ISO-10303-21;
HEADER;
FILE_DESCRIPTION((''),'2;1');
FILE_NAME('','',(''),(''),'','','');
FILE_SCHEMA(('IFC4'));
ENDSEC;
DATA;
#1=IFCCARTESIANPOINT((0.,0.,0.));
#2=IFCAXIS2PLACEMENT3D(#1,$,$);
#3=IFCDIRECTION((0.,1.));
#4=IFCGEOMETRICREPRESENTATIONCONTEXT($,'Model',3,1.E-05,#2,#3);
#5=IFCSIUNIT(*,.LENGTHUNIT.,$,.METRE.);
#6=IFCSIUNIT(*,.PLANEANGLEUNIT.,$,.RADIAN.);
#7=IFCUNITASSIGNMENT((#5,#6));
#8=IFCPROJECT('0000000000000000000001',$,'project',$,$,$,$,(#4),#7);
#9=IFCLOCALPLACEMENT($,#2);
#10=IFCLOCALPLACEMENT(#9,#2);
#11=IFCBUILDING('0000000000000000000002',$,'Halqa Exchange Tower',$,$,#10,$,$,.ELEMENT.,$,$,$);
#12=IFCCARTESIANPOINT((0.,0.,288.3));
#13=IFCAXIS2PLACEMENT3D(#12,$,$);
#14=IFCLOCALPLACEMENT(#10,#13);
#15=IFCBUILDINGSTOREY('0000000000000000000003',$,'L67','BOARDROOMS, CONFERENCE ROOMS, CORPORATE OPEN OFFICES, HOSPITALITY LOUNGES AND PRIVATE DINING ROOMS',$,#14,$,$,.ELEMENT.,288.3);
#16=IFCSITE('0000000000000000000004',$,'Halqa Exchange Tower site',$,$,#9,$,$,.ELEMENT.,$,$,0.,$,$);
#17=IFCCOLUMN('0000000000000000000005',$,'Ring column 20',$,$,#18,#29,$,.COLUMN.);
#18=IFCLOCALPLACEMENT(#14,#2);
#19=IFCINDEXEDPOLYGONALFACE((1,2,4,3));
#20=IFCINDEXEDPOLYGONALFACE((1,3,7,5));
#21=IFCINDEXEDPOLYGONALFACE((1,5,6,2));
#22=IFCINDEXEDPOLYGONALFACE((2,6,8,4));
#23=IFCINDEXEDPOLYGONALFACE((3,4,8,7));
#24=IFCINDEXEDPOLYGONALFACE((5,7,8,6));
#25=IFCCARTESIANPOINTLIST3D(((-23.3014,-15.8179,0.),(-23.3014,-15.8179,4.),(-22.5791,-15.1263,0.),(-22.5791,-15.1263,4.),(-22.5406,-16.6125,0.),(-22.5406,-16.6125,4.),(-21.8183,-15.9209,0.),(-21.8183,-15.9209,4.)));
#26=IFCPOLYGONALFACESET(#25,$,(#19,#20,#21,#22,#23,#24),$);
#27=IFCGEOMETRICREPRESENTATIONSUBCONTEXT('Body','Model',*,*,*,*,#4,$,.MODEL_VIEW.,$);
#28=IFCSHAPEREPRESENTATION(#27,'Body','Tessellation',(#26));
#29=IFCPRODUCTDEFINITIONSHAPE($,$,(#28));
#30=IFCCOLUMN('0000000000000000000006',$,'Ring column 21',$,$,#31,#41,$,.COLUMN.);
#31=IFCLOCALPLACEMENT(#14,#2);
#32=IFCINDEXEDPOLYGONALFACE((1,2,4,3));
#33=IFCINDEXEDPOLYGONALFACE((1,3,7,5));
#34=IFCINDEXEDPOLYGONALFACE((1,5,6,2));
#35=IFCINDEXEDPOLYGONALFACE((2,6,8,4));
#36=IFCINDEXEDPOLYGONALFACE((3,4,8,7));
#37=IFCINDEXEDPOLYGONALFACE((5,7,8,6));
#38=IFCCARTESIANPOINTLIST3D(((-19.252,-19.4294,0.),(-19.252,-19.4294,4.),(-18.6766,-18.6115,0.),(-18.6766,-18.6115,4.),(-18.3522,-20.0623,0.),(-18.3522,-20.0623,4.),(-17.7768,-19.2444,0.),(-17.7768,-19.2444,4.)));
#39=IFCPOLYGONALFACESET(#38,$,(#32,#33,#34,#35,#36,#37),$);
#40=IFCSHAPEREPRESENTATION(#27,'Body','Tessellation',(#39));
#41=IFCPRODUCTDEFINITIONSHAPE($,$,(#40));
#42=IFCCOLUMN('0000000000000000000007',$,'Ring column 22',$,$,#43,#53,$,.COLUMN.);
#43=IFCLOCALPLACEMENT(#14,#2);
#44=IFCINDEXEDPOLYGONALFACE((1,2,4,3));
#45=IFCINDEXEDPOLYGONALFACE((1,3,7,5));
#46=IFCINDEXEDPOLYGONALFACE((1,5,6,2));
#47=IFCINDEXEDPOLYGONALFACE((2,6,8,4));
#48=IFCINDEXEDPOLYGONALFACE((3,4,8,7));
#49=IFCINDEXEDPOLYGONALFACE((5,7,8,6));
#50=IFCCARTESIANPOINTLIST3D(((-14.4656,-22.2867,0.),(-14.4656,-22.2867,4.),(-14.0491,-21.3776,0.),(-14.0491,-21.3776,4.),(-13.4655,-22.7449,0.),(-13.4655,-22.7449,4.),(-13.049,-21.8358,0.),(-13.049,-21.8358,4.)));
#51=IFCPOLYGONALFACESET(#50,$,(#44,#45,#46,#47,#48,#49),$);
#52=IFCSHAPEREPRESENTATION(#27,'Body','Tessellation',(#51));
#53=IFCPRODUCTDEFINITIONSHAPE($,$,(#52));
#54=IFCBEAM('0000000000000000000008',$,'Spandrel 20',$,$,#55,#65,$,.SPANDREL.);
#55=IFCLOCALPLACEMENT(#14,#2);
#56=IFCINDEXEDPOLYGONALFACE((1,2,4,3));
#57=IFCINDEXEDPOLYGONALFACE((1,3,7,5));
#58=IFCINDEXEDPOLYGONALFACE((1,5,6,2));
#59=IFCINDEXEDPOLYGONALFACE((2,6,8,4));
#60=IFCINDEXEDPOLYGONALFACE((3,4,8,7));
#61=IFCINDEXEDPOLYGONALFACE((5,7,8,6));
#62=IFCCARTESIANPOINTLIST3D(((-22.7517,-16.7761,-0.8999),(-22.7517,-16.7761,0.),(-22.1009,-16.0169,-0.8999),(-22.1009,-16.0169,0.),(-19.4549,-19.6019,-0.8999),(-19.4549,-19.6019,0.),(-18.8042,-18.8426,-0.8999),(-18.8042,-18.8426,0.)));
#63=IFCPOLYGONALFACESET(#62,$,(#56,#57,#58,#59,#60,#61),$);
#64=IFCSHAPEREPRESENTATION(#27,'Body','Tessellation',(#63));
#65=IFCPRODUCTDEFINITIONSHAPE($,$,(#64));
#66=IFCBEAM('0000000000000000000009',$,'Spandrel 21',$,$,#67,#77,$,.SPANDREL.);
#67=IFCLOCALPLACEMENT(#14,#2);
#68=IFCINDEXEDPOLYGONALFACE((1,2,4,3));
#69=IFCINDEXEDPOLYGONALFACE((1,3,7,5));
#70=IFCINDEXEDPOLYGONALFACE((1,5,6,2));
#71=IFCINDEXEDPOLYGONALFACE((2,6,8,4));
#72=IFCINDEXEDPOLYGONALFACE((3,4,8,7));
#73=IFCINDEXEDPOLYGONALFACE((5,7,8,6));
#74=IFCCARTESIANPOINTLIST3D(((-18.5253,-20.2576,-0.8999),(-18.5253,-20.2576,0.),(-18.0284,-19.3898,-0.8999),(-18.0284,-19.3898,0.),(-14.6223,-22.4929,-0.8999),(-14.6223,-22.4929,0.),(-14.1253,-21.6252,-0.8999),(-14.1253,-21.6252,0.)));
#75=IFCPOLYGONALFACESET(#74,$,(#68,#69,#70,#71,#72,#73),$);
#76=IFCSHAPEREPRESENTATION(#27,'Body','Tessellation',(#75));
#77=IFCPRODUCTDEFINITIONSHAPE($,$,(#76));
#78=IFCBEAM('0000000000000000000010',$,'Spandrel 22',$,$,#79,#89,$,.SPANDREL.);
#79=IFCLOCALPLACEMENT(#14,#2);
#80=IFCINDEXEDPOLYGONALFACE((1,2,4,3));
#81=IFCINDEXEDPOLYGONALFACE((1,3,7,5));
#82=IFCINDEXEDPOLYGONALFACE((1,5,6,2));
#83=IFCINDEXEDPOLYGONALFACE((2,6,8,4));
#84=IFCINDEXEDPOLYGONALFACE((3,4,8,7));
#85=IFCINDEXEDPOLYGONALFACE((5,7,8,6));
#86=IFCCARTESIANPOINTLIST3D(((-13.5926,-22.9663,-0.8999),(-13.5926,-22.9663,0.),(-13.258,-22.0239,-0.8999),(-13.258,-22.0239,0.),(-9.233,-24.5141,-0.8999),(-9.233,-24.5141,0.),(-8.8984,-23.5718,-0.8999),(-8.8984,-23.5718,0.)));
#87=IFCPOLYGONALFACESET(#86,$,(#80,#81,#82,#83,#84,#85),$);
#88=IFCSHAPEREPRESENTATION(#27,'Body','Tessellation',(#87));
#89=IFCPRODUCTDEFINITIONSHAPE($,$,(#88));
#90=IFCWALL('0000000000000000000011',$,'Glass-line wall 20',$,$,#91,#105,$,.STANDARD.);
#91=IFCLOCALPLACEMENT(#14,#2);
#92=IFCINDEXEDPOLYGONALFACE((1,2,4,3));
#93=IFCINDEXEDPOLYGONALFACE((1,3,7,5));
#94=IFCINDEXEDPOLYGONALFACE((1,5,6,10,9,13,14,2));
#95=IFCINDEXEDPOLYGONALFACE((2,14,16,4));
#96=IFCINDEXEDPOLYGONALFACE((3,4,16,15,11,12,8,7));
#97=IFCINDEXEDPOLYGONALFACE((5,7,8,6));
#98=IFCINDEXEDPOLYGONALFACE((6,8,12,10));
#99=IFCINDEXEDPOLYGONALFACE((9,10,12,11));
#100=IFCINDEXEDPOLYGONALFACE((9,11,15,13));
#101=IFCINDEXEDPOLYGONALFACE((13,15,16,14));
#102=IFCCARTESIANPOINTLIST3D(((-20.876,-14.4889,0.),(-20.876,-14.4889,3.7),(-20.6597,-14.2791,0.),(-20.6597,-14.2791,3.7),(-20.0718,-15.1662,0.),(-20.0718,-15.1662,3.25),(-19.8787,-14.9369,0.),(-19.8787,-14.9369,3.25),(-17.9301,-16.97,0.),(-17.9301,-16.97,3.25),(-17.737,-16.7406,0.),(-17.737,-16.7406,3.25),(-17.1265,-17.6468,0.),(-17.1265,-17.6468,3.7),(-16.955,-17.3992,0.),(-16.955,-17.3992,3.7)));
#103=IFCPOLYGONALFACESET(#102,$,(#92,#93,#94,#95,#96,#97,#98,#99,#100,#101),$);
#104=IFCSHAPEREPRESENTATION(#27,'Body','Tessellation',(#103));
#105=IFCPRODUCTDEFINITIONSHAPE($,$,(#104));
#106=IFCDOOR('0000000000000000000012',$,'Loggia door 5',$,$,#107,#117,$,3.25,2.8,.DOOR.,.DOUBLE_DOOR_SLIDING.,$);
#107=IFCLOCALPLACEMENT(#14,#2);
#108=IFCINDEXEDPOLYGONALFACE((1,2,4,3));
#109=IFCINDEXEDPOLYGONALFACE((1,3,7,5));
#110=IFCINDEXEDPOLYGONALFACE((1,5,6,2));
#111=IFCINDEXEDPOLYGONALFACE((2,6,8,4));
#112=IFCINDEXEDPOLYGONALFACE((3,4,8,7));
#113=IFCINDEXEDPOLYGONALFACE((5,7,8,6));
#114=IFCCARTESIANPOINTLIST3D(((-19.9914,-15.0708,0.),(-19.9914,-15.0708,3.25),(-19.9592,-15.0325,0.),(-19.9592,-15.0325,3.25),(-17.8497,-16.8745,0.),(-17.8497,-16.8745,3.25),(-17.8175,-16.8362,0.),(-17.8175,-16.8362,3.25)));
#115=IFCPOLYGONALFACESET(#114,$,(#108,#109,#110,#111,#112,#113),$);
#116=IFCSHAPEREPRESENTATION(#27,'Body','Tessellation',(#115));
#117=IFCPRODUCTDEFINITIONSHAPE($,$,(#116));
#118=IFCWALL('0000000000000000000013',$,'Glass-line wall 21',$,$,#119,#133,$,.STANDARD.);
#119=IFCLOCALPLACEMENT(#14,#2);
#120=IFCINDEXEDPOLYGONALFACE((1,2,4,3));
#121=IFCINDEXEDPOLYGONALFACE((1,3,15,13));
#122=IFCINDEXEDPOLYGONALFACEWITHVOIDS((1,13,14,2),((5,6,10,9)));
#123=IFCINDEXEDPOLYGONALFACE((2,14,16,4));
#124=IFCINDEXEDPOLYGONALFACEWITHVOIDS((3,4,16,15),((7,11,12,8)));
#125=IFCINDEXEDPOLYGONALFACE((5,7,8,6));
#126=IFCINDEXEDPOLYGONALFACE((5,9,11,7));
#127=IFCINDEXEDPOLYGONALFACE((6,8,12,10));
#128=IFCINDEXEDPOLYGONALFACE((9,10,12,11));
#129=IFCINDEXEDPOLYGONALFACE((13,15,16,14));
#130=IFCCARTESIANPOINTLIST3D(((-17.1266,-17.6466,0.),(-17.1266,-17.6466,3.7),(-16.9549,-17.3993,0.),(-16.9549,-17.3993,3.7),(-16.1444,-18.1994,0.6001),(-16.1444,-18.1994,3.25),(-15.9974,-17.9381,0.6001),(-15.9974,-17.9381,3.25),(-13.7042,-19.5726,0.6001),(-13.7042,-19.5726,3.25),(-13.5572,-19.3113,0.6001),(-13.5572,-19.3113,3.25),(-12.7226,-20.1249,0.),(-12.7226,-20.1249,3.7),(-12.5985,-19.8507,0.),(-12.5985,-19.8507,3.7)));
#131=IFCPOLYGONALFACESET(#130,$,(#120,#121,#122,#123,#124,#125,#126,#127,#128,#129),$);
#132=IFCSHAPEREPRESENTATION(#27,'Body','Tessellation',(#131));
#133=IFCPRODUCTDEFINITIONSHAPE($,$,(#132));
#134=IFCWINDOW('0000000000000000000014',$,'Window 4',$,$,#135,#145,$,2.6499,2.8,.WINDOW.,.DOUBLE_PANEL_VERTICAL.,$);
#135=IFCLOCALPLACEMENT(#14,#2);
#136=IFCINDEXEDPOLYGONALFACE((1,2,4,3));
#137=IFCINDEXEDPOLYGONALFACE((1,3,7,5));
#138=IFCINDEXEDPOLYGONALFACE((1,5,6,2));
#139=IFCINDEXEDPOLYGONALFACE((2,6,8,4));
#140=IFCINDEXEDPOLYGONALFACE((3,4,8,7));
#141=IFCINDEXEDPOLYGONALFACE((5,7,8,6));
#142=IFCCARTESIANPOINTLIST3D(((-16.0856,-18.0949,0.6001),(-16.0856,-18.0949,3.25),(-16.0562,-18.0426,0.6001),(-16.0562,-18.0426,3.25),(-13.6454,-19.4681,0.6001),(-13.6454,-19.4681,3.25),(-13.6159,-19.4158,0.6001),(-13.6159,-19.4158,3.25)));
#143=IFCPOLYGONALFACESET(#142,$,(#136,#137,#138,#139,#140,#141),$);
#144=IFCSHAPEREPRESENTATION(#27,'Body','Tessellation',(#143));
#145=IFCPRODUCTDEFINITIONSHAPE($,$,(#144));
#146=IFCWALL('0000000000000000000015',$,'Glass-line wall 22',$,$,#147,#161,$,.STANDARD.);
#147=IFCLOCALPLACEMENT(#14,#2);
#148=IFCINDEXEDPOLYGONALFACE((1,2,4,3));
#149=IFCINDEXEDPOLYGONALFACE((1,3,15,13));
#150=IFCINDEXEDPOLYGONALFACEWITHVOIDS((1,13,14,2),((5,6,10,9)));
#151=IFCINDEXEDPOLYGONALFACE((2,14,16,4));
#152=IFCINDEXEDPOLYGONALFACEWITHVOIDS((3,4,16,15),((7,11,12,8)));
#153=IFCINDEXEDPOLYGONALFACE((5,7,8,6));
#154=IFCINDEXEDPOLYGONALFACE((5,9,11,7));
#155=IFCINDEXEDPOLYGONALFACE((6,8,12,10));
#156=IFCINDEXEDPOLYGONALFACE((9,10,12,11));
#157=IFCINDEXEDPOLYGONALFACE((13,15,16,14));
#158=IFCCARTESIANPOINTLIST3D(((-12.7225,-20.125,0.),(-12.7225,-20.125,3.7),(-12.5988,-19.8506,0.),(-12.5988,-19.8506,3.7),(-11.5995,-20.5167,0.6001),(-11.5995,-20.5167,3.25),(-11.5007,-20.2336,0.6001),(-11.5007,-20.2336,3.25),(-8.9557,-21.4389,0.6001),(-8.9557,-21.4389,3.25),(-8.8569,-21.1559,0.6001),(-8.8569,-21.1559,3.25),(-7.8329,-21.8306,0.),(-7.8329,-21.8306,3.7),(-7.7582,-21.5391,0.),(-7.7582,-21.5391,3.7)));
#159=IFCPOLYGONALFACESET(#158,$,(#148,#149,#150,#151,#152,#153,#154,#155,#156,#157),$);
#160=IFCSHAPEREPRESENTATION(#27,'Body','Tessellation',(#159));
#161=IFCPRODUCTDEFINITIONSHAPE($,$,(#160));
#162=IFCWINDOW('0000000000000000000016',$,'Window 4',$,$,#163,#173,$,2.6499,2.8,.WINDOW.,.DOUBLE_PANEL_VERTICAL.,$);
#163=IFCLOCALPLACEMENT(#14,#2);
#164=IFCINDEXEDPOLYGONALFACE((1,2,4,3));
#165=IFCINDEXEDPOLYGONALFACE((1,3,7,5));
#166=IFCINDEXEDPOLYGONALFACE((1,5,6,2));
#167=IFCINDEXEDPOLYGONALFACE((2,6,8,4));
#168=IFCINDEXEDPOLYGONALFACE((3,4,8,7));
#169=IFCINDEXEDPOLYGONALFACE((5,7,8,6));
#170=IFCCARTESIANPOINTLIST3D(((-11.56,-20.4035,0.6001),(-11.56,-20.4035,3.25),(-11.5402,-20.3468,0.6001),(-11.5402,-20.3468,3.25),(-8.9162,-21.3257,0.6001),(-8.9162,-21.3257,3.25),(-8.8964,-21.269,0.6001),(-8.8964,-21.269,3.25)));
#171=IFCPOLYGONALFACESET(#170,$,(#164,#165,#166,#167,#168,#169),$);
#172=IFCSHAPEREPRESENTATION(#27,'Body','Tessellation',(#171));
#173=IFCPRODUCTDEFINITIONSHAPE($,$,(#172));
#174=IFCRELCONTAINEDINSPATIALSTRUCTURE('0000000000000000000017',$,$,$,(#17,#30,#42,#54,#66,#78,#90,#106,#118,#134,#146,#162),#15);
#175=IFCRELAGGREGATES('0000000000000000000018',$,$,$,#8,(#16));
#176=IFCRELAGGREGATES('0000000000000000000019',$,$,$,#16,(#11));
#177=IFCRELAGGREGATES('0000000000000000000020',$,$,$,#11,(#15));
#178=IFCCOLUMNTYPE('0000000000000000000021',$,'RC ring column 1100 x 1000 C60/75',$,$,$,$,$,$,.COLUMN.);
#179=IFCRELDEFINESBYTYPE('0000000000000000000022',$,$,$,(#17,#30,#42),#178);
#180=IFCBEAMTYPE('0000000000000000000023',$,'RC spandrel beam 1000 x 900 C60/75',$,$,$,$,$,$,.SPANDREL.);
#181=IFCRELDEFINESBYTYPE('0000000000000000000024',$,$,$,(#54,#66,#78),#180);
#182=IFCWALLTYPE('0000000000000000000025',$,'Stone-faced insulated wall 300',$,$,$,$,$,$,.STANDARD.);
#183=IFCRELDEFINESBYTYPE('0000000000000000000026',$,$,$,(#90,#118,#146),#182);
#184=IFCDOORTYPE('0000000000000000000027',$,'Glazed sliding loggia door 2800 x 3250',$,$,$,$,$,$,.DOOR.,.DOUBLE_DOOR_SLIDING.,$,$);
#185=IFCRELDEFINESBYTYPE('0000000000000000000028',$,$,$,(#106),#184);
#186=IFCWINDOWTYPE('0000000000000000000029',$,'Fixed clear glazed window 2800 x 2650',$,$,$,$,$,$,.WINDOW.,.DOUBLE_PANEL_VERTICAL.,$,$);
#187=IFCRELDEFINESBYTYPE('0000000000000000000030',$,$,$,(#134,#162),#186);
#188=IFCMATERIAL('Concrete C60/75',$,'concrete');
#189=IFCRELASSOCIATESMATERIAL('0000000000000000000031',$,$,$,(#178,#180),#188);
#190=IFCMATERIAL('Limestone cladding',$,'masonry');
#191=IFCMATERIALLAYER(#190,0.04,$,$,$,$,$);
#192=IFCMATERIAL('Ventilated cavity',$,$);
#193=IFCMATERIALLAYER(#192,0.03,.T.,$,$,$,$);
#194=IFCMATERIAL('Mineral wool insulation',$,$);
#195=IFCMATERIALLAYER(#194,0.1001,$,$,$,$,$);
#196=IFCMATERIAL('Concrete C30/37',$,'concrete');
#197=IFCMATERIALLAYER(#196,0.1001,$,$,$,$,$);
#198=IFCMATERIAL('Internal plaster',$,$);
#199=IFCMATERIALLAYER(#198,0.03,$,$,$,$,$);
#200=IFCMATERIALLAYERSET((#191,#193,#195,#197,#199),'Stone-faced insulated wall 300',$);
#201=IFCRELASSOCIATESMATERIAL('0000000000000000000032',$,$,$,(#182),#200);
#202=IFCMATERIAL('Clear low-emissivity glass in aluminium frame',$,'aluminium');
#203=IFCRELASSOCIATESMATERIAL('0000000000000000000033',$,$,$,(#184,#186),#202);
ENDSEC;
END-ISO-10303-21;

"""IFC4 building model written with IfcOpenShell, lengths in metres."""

from ifc_helpers import new_model, si_unit, direction, frame, frame_2d, origin, origin_2d, place, context, subcontext, project, spatial, polyline, rectangle, outline, extrude, material, layer, layer_set, material_profile, profile_set, type_object, element, fill, save


model = new_model("IFC4")

# Units and contexts
model_context = context("Model", 3, precision=1e-05, world=origin(), true_north=direction((0.0, 1.0)))
body_context = subcontext(model_context, "Body", "Model", "MODEL_VIEW")
ifc_project = project(units=[si_unit("LENGTHUNIT", "METRE"), si_unit("PLANEANGLEUNIT", "RADIAN")], contexts=[model_context])

# Site, building, storey
site_placement = place(None, origin())
site = spatial("IfcSite", under=ifc_project, at=site_placement, Name="Halqa Exchange Tower site", CompositionType="ELEMENT", RefElevation=0.0)
building_placement = place(site_placement, origin())
building = spatial("IfcBuilding", under=site, at=building_placement, Name="Halqa Exchange Tower", CompositionType="ELEMENT")
storey_placement = place(building_placement, frame((0.0, 0.0, 288.3)))
storey = spatial("IfcBuildingStorey", under=building, at=storey_placement, Name="L67", Description="BOARDROOMS, CONFERENCE ROOMS, CORPORATE OPEN OFFICES, HOSPITALITY LOUNGES AND PRIVATE DINING ROOMS", CompositionType="ELEMENT", Elevation=288.3)

# Columns
ifc_material_1 = material(Name="Concrete C60/75", Category="concrete")
ifc_material_profile_1 = material_profile(ifc_material_1, rectangle(XDim=1.1001, YDim=1.0, at=origin_2d()), Name="1100 x 1000")
ifc_profile_set_1 = profile_set([ifc_material_profile_1], Name="Concrete C60/75")
column_type = type_object("IfcColumnType", Name="RC ring column 1100 x 1000 C60/75", PredefinedType="COLUMN", material=ifc_profile_set_1)
for number, where, z_axis, x_axis, name in (
    (1, (-22.5598, -15.8694, 0.0), (0.0, 0.0, 1.0), (0.691575, -0.722305, 0.0), "Ring column 20"),
    (2, (-18.5144, -19.3369, 0.0), (0.0, 0.0, 1.0), (0.817906, -0.575352, 0.0), "Ring column 21"),
    (3, (-13.7573, -22.0613, 0.0), (0.0, 0.0, 1.0), (0.909129, -0.416516, 0.0), "Ring column 22"),
):
    element("IfcColumn", number, at=place(storey_placement, frame(where, z_axis=z_axis, x_axis=x_axis)), inside=storey, type_object=column_type, Name=name, PredefinedType="COLUMN", context=body_context, shape_type="SweptSolid", body=[
        extrude(rectangle(XDim=1.1001, YDim=1.0, at=origin_2d()), origin(), (0.0, 0.0, 1.0), 4.0),
    ])

# Beams
ifc_material_profile_2 = material_profile(ifc_material_1, rectangle(XDim=1.0, YDim=0.8999, at=origin_2d()), Name="1000 x 900")
ifc_profile_set_2 = profile_set([ifc_material_profile_2], Name="Concrete C60/75")
beam_type = type_object("IfcBeamType", Name="RC spandrel beam 1000 x 900 C60/75", PredefinedType="SPANDREL", material=ifc_profile_set_2)
beam_1_placement = place(storey_placement, frame((-22.4263, -16.3965, -0.45), z_axis=(0.759257, -0.650791, 0.0), x_axis=(0.650791, 0.759257, 0.0)))
element("IfcBeam", 4, at=beam_1_placement, inside=storey, type_object=beam_type, Name="Spandrel 20", PredefinedType="SPANDREL", context=body_context, shape_type="SweptSolid", body=[
    extrude(rectangle(XDim=1.0, YDim=0.8999, at=origin_2d()), origin(), (0.0, 0.0, 1.0), 4.342),
])
beam_2_placement = place(storey_placement, frame((-18.2769, -19.8237, -0.45), z_axis=(0.867762, -0.49698, 0.0), x_axis=(0.49698, 0.867762, 0.0)))
element("IfcBeam", 5, at=beam_2_placement, inside=storey, type_object=beam_type, Name="Spandrel 21", PredefinedType="SPANDREL", context=body_context, shape_type="SweptSolid", body=[
    extrude(rectangle(XDim=1.0, YDim=0.8999, at=origin_2d()), origin(), (0.0, 0.0, 1.0), 4.4978),
])
beam_3_placement = place(storey_placement, frame((-13.4253, -22.4951, -0.45), z_axis=(0.942367, -0.334581, 0.0), x_axis=(0.334581, 0.942367, 0.0)))
element("IfcBeam", 6, at=beam_3_placement, inside=storey, type_object=beam_type, Name="Spandrel 22", PredefinedType="SPANDREL", context=body_context, shape_type="SweptSolid", body=[
    extrude(rectangle(XDim=1.0, YDim=0.8999, at=origin_2d()), origin(), (0.0, 0.0, 1.0), 4.6262),
])

# Wall, opening, door
ifc_material_2 = material(Name="Limestone cladding", Category="masonry")
ifc_layer_1 = layer(ifc_material_2, 0.04)
ifc_material_3 = material(Name="Ventilated cavity")
ifc_layer_2 = layer(ifc_material_3, 0.03, ventilated=True)
ifc_material_4 = material(Name="Mineral wool insulation")
ifc_layer_3 = layer(ifc_material_4, 0.1001)
ifc_material_5 = material(Name="Concrete C30/37", Category="concrete")
ifc_layer_4 = layer(ifc_material_5, 0.1001)
ifc_material_6 = material(Name="Internal plaster")
ifc_layer_5 = layer(ifc_material_6, 0.03)
ifc_layer_set_1 = layer_set([ifc_layer_1, ifc_layer_2, ifc_layer_3, ifc_layer_4, ifc_layer_5], Name="Stone-faced insulated wall 300")
wall_type_1 = type_object("IfcWallType", Name="Stone-faced insulated wall 300", PredefinedType="STANDARD", material=ifc_layer_set_1)
wall_1_placement = place(storey_placement, frame((-20.7678, -14.384, 0.0), z_axis=(0.0, 0.0, 1.0), x_axis=(0.764876, -0.644177, 0.0)))
wall_1 = element("IfcWall", 7, at=wall_1_placement, inside=storey, type_object=wall_type_1, Name="Glass-line wall 20", PredefinedType="STANDARD", context=body_context, shape_type="SweptSolid", body=[
    extrude(outline(polyline([(-0.0151, -0.1499), (4.887, -0.1499), (4.8586, 0.1499), (0.0151, 0.1499), (-0.0151, -0.1499)])), origin(), (0.0, 0.0, 1.0), 3.7),
])
opening_1_placement = place(wall_1_placement, frame((1.0364, 0.0, 0.0)))
opening_1 = element("IfcOpeningElement", 8, at=opening_1_placement, cuts=wall_1, PredefinedType="OPENING", context=body_context, shape_type="SweptSolid", body=[
    extrude(rectangle(XDim=2.8, YDim=3.25, at=frame_2d((1.3999, 1.625))), frame((0.0, 0.1621, 0.0), z_axis=(0.0, -1.0, 0.0), x_axis=(1.0, 0.0, 0.0)), (0.0, 0.0, 1.0), 0.324),
])
ifc_material_7 = material(Name="Clear low-emissivity glass in aluminium frame", Category="aluminium")
door_type_1 = type_object("IfcDoorType", Name="Glazed sliding loggia door 2800 x 3250", OperationType="DOUBLE_DOOR_SLIDING", PredefinedType="DOOR", material=ifc_material_7)
door_1_placement = place(opening_1_placement, origin())
door_1 = element("IfcDoor", 9, at=door_1_placement, inside=storey, type_object=door_type_1, Name="Loggia door 5", OperationType="DOUBLE_DOOR_SLIDING", OverallHeight=3.25, OverallWidth=2.8, PredefinedType="DOOR", context=body_context, shape_type="SweptSolid", body=[
    extrude(rectangle(XDim=2.8, YDim=3.25, at=frame_2d((1.3999, 1.625))), frame((0.0, 0.0249, 0.0), z_axis=(0.0, -1.0, 0.0), x_axis=(1.0, 0.0, 0.0)), (0.0, 0.0, 1.0), 0.05),
])
fill(opening_1, door_1)

# Walls, openings, windows
wall_2_placement = place(storey_placement, frame((-17.0408, -17.5229, 0.0), z_axis=(0.0, 0.0, 1.0), x_axis=(0.871489, -0.490416, 0.0)))
wall_2 = element("IfcWall", 10, at=wall_2_placement, inside=storey, type_object=wall_type_1, Name="Glass-line wall 21", PredefinedType="STANDARD", context=body_context, shape_type="SweptSolid", body=[
    extrude(outline(polyline([(-0.0142, -0.1499), (5.0393, -0.1499), (5.0129, 0.1499), (0.0142, 0.1499), (-0.0142, -0.1499)])), origin(), (0.0, 0.0, 1.0), 3.7),
])
opening_2_placement = place(wall_2_placement, frame((1.113, 0.0, 0.6001)))
opening_2 = element("IfcOpeningElement", 11, at=opening_2_placement, cuts=wall_2, PredefinedType="OPENING", context=body_context, shape_type="SweptSolid", body=[
    extrude(rectangle(XDim=2.8, YDim=2.6499, at=frame_2d((1.3999, 1.325))), frame((0.0, 0.1621, 0.0), z_axis=(0.0, -1.0, 0.0), x_axis=(1.0, 0.0, 0.0)), (0.0, 0.0, 1.0), 0.324),
])
window_type = type_object("IfcWindowType", Name="Fixed clear glazed window 2800 x 2650", PartitioningType="DOUBLE_PANEL_VERTICAL", PredefinedType="WINDOW", material=ifc_material_7)
window_1_placement = place(opening_2_placement, origin())
window_1 = element("IfcWindow", 12, at=window_1_placement, inside=storey, type_object=window_type, Name="Window 4", OverallHeight=2.6499, OverallWidth=2.8, PartitioningType="DOUBLE_PANEL_VERTICAL", PredefinedType="WINDOW", context=body_context, shape_type="SweptSolid", body=[
    extrude(rectangle(XDim=2.8, YDim=2.6499, at=frame_2d((1.3999, 1.325))), frame((0.0, 0.03, 0.0), z_axis=(0.0, -1.0, 0.0), x_axis=(1.0, 0.0, 0.0)), (0.0, 0.0, 1.0), 0.0601),
])
fill(opening_2, window_1)
wall_3_placement = place(storey_placement, frame((-12.6606, -19.9878, 0.0), z_axis=(0.0, 0.0, 1.0), x_axis=(0.944204, -0.32936, 0.0)))
wall_3 = element("IfcWall", 13, at=wall_3_placement, inside=storey, type_object=wall_type_1, Name="Glass-line wall 22", PredefinedType="STANDARD", context=body_context, shape_type="SweptSolid", body=[
    extrude(outline(polyline([(-0.0132, -0.1499), (5.1653, -0.1499), (5.1399, 0.1499), (0.0132, 0.1499), (-0.0132, -0.1499)])), origin(), (0.0, 0.0, 1.0), 3.7),
])
opening_3_placement = place(wall_3_placement, frame((1.1763, 0.0, 0.6001)))
opening_3 = element("IfcOpeningElement", 14, at=opening_3_placement, cuts=wall_3, PredefinedType="OPENING", context=body_context, shape_type="SweptSolid", body=[
    extrude(rectangle(XDim=2.8, YDim=2.6499, at=frame_2d((1.3999, 1.325))), frame((0.0, 0.1621, 0.0), z_axis=(0.0, -1.0, 0.0), x_axis=(1.0, 0.0, 0.0)), (0.0, 0.0, 1.0), 0.324),
])
window_2_placement = place(opening_3_placement, origin())
window_2 = element("IfcWindow", 15, at=window_2_placement, inside=storey, type_object=window_type, Name="Window 4", OverallHeight=2.6499, OverallWidth=2.8, PartitioningType="DOUBLE_PANEL_VERTICAL", PredefinedType="WINDOW", context=body_context, shape_type="SweptSolid", body=[
    extrude(rectangle(XDim=2.8, YDim=2.6499, at=frame_2d((1.3999, 1.325))), frame((0.0, 0.03, 0.0), z_axis=(0.0, -1.0, 0.0), x_axis=(1.0, 0.0, 0.0)), (0.0, 0.0, 1.0), 0.0601),
])
fill(opening_3, window_2)

save(model, "model.ifc")
